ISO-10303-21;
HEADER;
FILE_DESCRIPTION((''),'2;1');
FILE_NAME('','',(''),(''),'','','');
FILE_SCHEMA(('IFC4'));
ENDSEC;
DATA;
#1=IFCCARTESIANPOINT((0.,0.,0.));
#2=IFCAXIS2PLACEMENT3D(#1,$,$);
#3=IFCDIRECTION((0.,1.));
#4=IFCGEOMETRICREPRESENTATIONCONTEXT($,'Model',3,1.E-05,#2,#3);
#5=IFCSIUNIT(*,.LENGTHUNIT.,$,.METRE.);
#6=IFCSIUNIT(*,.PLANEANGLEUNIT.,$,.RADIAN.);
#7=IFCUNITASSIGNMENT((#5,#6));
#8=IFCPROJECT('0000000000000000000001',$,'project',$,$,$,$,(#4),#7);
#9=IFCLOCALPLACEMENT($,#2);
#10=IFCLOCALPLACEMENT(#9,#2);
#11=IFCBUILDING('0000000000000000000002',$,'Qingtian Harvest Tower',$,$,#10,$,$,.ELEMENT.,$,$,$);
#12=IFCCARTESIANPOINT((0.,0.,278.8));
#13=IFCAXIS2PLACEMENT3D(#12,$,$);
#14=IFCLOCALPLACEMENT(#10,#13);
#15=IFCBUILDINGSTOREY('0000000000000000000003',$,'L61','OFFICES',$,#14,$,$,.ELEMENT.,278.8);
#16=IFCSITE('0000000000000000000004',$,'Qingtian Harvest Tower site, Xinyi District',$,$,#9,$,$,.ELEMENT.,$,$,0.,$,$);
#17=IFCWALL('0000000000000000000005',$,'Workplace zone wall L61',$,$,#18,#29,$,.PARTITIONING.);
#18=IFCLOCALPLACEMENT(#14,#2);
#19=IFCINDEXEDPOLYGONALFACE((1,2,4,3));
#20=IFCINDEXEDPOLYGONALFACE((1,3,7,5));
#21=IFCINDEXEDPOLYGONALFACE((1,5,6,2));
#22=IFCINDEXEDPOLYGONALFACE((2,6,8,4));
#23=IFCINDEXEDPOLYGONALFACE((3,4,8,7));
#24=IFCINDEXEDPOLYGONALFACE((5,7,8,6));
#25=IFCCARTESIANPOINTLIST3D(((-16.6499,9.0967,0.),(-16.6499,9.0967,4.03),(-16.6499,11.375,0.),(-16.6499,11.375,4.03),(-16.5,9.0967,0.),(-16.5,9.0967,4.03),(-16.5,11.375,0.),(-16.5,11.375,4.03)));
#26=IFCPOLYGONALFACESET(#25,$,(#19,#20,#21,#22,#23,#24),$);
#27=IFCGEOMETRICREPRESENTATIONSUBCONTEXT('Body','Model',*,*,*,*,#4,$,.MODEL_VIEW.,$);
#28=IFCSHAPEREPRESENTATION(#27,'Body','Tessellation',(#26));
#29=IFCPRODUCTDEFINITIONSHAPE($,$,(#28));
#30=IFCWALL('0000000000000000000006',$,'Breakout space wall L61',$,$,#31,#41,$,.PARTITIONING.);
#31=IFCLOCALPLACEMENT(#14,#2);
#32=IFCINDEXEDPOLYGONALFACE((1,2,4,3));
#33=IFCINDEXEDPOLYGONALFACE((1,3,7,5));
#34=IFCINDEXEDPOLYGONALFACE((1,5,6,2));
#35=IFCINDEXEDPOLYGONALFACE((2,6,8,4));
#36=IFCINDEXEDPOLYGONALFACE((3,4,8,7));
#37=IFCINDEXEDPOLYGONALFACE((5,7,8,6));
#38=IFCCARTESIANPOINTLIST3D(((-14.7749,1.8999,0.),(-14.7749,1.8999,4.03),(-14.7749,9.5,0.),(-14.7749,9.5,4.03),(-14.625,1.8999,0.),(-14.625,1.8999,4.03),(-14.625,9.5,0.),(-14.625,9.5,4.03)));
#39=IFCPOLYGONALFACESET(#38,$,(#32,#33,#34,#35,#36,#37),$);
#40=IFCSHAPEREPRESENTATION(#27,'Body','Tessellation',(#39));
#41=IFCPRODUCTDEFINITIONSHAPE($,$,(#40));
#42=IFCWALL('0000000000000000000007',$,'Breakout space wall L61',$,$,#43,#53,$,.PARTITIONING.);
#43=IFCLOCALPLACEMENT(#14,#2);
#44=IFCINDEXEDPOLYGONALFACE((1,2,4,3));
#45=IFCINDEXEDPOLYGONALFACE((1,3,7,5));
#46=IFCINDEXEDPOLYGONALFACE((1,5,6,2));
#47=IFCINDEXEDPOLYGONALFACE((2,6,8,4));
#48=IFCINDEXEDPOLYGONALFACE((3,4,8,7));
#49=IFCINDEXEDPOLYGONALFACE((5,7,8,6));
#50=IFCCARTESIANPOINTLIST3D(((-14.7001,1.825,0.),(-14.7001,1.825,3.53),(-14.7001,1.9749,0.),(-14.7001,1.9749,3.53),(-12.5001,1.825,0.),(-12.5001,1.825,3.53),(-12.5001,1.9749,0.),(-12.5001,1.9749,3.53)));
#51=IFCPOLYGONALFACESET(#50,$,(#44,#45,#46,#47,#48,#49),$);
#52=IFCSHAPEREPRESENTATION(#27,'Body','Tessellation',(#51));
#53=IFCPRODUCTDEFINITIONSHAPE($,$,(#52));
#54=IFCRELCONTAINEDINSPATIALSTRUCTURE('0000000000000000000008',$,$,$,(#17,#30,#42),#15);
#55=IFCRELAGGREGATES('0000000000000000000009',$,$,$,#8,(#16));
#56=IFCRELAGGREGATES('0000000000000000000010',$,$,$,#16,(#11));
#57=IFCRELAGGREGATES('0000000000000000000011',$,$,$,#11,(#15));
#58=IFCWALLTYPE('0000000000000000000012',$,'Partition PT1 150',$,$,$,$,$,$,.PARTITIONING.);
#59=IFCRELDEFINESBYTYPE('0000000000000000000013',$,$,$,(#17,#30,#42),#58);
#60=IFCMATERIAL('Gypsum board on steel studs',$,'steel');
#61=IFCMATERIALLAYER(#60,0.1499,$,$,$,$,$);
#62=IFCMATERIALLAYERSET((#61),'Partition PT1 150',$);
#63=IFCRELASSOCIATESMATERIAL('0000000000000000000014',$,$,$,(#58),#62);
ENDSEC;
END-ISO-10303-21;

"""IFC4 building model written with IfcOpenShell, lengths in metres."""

from ifc_helpers import new_model, si_unit, direction, frame, frame_2d, origin, place, context, subcontext, project, spatial, rectangle, extrude, material, layer, layer_set, type_object, element, save


model = new_model("IFC4")

# Units and contexts
model_context = context("Model", 3, precision=1e-05, world=origin(), true_north=direction((0.0, 1.0)))
body_context = subcontext(model_context, "Body", "Model", "MODEL_VIEW")
ifc_project = project(units=[si_unit("LENGTHUNIT", "METRE"), si_unit("PLANEANGLEUNIT", "RADIAN")], contexts=[model_context])

# Site, building, storey
site_placement = place(None, origin())
site = spatial("IfcSite", under=ifc_project, at=site_placement, Name="Qingtian Harvest Tower site, Xinyi District", CompositionType="ELEMENT", RefElevation=0.0)
building_placement = place(site_placement, origin())
building = spatial("IfcBuilding", under=site, at=building_placement, Name="Qingtian Harvest Tower", CompositionType="ELEMENT")
storey_placement = place(building_placement, frame((0.0, 0.0, 278.8)))
storey = spatial("IfcBuildingStorey", under=building, at=storey_placement, Name="L61", Description="OFFICES", CompositionType="ELEMENT", Elevation=278.8)

# Walls
ifc_material_1 = material(Name="Gypsum board on steel studs", Category="steel")
ifc_layer_1 = layer(ifc_material_1, 0.1499)
ifc_layer_set_1 = layer_set([ifc_layer_1], Name="Partition PT1 150")
wall_type_1 = type_object("IfcWallType", Name="Partition PT1 150", PredefinedType="PARTITIONING", material=ifc_layer_set_1)
wall_1_placement = place(storey_placement, frame((-16.575, 9.0967, 0.0), z_axis=(0.0, 0.0, 1.0), x_axis=(0.0, 1.0, 0.0)))
element("IfcWall", 1, at=wall_1_placement, inside=storey, type_object=wall_type_1, Name="Workplace zone wall L61", PredefinedType="PARTITIONING", context=body_context, shape_type="SweptSolid", body=[
    extrude(rectangle(XDim=2.2783, YDim=0.1499, at=frame_2d((1.1392, 0.0))), origin(), (0.0, 0.0, 1.0), 4.03),
])
wall_2_placement = place(storey_placement, frame((-14.7, 1.8999, 0.0), z_axis=(0.0, 0.0, 1.0), x_axis=(0.0, 1.0, 0.0)))
element("IfcWall", 2, at=wall_2_placement, inside=storey, type_object=wall_type_1, Name="Breakout space wall L61", PredefinedType="PARTITIONING", context=body_context, shape_type="SweptSolid", body=[
    extrude(rectangle(XDim=7.6001, YDim=0.1499, at=frame_2d((3.8, 0.0))), origin(), (0.0, 0.0, 1.0), 4.03),
])
wall_3_placement = place(storey_placement, frame((-12.5, 1.8999, 0.0), z_axis=(0.0, 0.0, 1.0), x_axis=(-1.0, 0.0, 0.0)))
element("IfcWall", 3, at=wall_3_placement, inside=storey, type_object=wall_type_1, Name="Breakout space wall L61", PredefinedType="PARTITIONING", context=body_context, shape_type="SweptSolid", body=[
    extrude(rectangle(XDim=2.2, YDim=0.1499, at=frame_2d((1.1001, 0.0))), origin(), (0.0, 0.0, 1.0), 3.53),
])

save(model, "model.ifc")
